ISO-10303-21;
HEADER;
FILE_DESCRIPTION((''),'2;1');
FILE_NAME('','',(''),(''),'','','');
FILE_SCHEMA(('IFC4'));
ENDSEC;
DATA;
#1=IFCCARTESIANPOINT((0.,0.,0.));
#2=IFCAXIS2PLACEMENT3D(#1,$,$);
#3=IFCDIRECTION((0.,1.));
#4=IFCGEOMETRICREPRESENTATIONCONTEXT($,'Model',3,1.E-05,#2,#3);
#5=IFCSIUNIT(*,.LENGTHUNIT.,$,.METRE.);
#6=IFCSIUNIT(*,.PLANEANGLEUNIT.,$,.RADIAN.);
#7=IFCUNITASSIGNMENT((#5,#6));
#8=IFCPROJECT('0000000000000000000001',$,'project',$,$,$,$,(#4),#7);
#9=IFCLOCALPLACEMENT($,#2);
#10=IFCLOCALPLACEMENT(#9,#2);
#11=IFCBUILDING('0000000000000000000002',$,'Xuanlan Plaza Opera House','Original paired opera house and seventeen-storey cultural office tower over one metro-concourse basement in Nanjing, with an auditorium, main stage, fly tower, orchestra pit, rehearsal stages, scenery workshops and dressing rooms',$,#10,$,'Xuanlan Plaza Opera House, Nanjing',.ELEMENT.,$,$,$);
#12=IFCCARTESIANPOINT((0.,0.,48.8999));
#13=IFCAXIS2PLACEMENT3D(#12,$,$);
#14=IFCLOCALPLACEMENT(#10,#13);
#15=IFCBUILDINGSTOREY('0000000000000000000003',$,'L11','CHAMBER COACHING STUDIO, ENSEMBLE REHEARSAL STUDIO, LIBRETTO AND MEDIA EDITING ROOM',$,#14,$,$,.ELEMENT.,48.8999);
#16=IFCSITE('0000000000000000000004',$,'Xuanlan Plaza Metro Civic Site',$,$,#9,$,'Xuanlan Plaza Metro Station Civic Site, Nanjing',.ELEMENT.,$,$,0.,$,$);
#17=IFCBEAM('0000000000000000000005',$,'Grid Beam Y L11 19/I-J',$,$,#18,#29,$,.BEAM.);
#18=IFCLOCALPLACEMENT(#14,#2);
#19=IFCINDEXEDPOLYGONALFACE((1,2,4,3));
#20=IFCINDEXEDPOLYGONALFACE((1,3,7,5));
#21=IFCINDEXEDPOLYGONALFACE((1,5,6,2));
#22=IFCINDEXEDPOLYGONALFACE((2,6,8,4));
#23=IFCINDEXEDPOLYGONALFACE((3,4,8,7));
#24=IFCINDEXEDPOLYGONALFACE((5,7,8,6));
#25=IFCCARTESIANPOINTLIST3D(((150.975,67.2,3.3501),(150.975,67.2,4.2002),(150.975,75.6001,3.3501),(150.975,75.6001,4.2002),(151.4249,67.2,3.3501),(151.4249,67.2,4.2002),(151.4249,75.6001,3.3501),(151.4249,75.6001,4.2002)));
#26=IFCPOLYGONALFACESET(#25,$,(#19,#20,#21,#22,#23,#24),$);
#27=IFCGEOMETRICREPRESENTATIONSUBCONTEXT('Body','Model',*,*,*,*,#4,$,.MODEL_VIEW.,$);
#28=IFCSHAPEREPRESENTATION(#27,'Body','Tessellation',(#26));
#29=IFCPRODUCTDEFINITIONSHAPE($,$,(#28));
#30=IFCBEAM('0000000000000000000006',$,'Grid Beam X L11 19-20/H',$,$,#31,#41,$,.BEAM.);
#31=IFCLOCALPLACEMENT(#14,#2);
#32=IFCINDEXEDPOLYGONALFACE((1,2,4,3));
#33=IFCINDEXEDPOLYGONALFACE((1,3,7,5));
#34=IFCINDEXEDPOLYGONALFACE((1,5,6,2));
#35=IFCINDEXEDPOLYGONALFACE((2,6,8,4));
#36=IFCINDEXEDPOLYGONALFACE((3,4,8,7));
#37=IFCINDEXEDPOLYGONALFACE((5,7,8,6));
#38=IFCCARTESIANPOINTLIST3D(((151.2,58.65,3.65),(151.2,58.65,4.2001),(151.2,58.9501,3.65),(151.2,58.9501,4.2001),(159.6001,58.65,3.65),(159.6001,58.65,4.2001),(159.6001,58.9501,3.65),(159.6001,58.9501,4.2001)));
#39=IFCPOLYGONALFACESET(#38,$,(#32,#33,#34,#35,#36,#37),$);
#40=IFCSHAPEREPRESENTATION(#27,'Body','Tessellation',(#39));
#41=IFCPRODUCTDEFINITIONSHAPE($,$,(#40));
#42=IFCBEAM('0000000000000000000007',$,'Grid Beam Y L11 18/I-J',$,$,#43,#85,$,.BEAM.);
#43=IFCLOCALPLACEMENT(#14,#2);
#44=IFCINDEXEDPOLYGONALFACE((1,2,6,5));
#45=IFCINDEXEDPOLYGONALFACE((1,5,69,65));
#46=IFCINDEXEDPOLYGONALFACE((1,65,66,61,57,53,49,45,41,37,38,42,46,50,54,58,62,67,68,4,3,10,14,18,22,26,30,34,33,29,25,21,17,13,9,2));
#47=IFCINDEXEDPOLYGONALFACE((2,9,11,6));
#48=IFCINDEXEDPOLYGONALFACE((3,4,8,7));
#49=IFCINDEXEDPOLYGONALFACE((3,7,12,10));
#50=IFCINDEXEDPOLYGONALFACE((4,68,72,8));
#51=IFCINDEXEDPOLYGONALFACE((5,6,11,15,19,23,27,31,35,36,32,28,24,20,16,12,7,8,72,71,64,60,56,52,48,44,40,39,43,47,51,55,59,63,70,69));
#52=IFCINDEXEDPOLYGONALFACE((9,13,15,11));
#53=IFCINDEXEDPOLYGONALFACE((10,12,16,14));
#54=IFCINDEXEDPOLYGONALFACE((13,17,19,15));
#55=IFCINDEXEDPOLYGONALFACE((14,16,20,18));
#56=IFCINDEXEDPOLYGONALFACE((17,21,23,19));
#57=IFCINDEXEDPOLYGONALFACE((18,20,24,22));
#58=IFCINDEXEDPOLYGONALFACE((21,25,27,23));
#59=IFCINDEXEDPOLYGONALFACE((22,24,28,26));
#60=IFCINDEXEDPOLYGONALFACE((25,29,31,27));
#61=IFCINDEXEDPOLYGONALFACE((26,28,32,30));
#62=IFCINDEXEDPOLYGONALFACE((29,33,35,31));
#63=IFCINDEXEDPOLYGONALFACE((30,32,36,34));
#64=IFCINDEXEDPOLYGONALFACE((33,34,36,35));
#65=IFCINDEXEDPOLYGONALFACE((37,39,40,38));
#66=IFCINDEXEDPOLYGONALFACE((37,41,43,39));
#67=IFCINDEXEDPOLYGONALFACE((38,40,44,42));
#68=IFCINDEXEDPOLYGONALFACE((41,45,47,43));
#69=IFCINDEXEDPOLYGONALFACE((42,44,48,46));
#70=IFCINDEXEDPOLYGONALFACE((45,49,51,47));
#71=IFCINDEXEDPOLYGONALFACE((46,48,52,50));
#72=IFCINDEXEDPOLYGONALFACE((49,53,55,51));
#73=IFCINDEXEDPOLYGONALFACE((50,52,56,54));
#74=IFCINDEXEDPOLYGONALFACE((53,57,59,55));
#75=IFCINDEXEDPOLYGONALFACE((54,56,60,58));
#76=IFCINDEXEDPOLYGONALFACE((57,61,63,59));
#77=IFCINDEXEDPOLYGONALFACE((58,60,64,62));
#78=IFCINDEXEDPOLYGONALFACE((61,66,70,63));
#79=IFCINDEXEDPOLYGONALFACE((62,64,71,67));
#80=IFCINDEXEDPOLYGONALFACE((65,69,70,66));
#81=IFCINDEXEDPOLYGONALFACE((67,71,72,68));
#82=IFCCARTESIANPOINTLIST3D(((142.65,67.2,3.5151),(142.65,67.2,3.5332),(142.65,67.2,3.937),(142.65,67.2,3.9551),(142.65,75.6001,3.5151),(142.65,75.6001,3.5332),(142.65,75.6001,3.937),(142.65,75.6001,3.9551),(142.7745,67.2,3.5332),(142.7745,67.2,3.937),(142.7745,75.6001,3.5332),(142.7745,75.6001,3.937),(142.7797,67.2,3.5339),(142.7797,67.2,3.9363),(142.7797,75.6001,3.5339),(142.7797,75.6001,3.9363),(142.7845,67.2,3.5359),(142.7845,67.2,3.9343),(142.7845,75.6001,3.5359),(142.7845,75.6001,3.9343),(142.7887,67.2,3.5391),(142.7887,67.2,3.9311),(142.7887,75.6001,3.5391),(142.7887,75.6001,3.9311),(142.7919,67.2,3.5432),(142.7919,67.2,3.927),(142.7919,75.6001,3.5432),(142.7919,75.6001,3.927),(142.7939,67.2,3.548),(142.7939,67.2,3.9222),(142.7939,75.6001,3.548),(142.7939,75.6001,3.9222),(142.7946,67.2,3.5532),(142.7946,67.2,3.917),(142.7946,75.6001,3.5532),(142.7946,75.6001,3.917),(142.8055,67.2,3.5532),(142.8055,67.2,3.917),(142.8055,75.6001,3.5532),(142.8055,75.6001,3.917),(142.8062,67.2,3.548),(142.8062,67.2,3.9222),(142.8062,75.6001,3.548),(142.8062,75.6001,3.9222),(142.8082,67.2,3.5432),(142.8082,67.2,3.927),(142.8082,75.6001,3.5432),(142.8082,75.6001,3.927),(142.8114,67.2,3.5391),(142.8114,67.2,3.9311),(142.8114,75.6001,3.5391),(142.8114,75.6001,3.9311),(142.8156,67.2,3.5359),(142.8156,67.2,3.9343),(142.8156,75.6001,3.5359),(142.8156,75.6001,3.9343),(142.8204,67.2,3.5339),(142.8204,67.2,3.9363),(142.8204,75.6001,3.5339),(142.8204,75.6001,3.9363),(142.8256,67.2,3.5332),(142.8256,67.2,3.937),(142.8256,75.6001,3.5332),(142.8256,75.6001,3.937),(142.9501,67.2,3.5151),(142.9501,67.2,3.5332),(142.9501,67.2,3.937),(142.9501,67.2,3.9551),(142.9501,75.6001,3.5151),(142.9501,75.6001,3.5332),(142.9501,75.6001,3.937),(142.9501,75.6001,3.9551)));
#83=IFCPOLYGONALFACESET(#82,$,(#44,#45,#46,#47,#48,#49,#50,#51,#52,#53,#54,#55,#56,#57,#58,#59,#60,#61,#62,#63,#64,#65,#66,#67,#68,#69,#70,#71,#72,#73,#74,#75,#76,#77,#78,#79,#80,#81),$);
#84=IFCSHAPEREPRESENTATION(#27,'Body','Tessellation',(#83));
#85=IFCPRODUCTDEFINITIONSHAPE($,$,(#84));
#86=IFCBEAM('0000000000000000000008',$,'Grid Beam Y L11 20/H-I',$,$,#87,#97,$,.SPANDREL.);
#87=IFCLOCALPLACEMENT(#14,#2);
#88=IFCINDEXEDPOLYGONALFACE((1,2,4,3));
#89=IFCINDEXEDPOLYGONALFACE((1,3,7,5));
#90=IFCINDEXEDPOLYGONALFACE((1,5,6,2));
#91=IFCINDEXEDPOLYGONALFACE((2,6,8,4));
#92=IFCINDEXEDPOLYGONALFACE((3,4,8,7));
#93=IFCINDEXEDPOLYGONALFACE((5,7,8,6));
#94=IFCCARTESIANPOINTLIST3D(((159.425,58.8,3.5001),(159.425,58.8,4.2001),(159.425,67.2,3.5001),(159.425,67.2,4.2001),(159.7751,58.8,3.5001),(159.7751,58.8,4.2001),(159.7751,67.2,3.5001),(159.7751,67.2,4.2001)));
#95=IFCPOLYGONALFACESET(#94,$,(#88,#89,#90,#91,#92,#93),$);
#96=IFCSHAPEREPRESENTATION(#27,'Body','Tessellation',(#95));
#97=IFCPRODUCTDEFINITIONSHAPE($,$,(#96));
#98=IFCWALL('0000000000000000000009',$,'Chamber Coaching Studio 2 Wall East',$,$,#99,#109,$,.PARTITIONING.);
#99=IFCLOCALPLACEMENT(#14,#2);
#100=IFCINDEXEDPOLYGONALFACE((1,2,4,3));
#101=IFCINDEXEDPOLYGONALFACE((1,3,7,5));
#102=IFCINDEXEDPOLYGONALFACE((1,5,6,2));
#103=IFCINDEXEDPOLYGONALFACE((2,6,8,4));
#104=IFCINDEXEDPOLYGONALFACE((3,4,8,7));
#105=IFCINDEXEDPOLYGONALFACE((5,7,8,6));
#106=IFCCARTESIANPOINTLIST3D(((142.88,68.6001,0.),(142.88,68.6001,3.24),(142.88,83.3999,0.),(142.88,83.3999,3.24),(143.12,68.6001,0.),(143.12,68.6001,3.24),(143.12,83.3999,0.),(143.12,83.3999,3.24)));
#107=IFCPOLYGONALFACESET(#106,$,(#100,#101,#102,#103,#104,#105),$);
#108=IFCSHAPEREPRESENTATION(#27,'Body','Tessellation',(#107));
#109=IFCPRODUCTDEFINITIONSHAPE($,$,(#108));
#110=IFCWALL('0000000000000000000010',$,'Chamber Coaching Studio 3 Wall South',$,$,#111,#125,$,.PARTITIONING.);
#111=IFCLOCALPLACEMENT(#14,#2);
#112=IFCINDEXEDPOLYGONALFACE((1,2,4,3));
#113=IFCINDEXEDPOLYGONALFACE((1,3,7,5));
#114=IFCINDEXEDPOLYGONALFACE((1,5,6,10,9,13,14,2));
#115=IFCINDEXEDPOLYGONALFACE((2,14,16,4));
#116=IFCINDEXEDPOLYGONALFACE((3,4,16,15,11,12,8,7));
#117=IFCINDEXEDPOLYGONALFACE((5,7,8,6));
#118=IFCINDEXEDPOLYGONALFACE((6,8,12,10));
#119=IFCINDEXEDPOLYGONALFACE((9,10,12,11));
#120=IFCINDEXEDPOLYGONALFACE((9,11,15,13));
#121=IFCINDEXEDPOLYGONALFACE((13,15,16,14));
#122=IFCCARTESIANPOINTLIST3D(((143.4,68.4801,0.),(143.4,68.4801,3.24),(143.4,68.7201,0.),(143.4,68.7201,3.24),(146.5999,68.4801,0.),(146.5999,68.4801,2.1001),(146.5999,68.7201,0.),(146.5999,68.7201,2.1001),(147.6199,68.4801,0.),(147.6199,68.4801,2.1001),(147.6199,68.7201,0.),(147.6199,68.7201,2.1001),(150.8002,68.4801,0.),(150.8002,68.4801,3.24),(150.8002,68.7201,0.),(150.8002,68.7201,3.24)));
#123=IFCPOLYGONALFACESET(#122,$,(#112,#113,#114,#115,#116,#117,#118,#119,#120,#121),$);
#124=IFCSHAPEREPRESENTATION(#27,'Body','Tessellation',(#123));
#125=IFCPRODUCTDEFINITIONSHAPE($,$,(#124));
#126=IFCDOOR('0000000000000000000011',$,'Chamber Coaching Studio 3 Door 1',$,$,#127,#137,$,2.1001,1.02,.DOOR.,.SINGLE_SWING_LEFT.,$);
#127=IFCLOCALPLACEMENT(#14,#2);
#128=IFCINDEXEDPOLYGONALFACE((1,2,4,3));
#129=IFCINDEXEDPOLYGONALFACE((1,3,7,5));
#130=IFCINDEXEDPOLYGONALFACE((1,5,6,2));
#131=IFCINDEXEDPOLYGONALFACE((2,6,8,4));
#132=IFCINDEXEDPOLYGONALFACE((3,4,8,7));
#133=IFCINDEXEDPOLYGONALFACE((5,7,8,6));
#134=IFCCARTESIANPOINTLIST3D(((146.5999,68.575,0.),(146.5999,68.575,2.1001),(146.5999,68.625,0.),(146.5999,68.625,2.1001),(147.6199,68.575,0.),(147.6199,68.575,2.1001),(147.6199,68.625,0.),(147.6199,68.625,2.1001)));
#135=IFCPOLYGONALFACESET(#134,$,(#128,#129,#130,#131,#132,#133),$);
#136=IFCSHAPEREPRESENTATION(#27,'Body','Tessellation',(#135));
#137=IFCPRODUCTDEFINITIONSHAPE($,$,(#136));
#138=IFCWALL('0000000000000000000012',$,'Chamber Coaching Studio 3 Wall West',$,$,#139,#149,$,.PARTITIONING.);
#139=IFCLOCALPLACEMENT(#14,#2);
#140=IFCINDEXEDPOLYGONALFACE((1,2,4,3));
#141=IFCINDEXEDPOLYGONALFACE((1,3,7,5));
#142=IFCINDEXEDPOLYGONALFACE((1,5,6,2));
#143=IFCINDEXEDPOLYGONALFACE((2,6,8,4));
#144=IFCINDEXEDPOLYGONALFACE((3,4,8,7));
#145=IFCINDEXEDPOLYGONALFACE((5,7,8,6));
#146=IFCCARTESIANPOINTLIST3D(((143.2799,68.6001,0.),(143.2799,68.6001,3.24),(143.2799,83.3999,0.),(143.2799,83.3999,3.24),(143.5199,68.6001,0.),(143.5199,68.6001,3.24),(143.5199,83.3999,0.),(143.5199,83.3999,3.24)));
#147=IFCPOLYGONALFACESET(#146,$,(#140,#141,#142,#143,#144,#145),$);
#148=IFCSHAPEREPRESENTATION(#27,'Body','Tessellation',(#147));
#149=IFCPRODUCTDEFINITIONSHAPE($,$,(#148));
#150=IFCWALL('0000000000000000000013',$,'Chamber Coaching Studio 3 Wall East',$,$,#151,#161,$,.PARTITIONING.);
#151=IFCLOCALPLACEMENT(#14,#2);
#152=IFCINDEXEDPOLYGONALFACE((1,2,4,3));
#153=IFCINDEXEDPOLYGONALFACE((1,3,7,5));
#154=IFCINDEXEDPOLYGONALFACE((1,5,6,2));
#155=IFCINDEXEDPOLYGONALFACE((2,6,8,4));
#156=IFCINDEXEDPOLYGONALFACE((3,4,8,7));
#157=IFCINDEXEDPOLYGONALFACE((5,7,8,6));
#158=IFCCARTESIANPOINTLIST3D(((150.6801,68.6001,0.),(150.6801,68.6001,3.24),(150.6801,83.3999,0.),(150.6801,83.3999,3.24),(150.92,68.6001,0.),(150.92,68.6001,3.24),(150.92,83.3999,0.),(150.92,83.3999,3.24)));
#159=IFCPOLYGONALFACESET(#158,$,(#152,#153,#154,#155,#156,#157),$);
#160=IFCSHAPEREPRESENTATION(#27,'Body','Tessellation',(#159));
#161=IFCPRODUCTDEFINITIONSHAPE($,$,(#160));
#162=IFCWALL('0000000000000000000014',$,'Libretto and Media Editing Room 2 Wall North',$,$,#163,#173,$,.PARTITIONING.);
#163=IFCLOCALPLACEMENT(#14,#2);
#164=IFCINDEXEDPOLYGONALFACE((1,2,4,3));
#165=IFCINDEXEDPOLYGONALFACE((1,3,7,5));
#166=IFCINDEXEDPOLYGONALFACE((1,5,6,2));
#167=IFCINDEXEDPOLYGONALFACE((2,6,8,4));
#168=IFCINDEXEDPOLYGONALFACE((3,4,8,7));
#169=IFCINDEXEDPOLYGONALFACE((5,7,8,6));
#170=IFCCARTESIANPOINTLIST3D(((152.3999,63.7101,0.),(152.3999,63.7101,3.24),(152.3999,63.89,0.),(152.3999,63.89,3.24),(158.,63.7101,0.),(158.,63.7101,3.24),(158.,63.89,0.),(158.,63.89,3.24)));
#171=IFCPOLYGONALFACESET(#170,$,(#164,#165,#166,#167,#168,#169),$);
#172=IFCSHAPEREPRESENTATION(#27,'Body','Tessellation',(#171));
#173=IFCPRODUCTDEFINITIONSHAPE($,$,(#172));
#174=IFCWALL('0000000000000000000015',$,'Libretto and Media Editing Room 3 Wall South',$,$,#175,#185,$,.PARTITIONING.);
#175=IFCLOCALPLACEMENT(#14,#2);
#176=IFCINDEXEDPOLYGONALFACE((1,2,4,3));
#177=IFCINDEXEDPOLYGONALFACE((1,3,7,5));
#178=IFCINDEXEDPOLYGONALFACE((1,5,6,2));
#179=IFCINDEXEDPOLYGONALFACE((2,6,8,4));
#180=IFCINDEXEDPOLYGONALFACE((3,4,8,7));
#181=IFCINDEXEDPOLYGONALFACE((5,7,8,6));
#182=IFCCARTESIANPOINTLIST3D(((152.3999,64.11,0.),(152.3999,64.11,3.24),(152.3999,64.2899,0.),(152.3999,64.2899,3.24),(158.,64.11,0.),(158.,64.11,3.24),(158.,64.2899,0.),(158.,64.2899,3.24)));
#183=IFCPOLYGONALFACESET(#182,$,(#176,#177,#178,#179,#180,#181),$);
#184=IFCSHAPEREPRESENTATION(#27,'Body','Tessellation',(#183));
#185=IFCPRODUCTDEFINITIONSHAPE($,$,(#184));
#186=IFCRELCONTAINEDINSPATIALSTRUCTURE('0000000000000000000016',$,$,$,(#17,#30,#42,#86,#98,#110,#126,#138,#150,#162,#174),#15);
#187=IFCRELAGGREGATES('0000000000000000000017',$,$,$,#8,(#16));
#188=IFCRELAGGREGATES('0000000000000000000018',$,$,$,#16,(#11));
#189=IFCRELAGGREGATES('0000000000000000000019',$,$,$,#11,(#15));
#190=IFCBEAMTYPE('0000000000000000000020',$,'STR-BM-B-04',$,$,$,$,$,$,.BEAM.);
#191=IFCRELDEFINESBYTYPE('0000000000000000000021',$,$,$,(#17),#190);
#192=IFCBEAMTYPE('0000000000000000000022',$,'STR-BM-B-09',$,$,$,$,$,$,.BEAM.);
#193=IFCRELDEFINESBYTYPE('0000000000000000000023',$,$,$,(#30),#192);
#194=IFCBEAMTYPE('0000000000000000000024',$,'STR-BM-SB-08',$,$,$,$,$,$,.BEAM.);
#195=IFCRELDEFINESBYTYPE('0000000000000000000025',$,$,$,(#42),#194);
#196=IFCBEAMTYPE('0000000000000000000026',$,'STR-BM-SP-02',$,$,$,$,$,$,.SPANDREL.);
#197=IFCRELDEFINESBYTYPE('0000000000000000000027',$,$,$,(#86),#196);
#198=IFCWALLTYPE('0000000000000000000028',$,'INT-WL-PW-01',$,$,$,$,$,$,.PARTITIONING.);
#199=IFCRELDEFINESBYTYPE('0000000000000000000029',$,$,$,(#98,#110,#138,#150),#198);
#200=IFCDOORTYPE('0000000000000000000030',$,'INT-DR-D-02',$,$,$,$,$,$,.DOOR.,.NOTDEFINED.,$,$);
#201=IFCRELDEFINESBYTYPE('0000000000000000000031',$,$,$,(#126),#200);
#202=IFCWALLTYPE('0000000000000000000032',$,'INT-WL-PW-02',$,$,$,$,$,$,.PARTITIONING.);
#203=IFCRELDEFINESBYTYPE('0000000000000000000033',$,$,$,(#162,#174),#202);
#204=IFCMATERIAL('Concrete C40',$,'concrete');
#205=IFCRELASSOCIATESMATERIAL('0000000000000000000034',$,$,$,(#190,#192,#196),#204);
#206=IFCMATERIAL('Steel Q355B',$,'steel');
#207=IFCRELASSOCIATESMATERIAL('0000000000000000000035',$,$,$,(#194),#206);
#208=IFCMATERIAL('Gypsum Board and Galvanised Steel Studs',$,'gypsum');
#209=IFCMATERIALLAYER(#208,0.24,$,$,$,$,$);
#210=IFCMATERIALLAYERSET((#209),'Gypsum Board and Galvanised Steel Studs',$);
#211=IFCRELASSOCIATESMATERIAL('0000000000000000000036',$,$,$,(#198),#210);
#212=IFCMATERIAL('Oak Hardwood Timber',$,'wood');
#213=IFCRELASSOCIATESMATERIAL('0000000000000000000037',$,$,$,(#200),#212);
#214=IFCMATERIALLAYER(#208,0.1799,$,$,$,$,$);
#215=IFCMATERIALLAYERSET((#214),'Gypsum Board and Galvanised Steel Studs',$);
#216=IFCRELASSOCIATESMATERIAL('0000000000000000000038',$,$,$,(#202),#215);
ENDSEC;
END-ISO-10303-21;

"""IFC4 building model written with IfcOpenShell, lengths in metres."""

from ifc_helpers import new_model, si_unit, direction, frame, frame_2d, origin, origin_2d, place, context, subcontext, project, spatial, rectangle, i_section, extrude, material, layer, layer_set, material_profile, profile_set, type_object, element, fill, save


model = new_model("IFC4")

# Units and contexts
model_context = context("Model", 3, precision=1e-05, world=origin(), true_north=direction((0.0, 1.0)))
body_context = subcontext(model_context, "Body", "Model", "MODEL_VIEW")
ifc_project = project(units=[si_unit("LENGTHUNIT", "METRE"), si_unit("PLANEANGLEUNIT", "RADIAN")], contexts=[model_context])

# Site, building, storey
site_placement = place(None, origin())
site = spatial("IfcSite", under=ifc_project, at=site_placement, Name="Xuanlan Plaza Metro Civic Site", LongName="Xuanlan Plaza Metro Station Civic Site, Nanjing", CompositionType="ELEMENT", RefElevation=0.0)
building_placement = place(site_placement, origin())
building = spatial("IfcBuilding", under=site, at=building_placement, Name="Xuanlan Plaza Opera House", Description="Original paired opera house and seventeen-storey cultural office tower over one metro-concourse basement in Nanjing, with an auditorium, main stage, fly tower, orchestra pit, rehearsal stages, scenery workshops and dressing rooms", LongName="Xuanlan Plaza Opera House, Nanjing", CompositionType="ELEMENT")
storey_placement = place(building_placement, frame((0.0, 0.0, 48.8999)))
storey = spatial("IfcBuildingStorey", under=building, at=storey_placement, Name="L11", Description="CHAMBER COACHING STUDIO, ENSEMBLE REHEARSAL STUDIO, LIBRETTO AND MEDIA EDITING ROOM", CompositionType="ELEMENT", Elevation=48.8999)

# Shared definitions
ifc_material_1 = material(Name="Steel Q355B", Category="steel")

# Beams
ifc_material_2 = material(Name="Concrete C40", Category="concrete")
ifc_material_profile_1 = material_profile(ifc_material_2, rectangle(XDim=0.45, YDim=0.8501, at=origin_2d()), Name="RC-BM 450x850")
ifc_profile_set_1 = profile_set([ifc_material_profile_1], Name="Concrete C40")
beam_type_1 = type_object("IfcBeamType", Name="STR-BM-B-04", PredefinedType="BEAM", material=ifc_profile_set_1)
beam_1_placement = place(storey_placement, frame((151.2, 67.2, 3.7751), z_axis=(0.0, 1.0, 0.0), x_axis=(-1.0, 0.0, 0.0)))
element("IfcBeam", 1, at=beam_1_placement, inside=storey, type_object=beam_type_1, Name="Grid Beam Y L11 19/I-J", PredefinedType="BEAM", context=body_context, shape_type="SweptSolid", body=[
    extrude(rectangle(XDim=0.45, YDim=0.8501, at=origin_2d()), origin(), (0.0, 0.0, 1.0), 8.4001),
])
ifc_material_profile_2 = material_profile(ifc_material_2, rectangle(XDim=0.3, YDim=0.55, at=origin_2d()), Name="RC-BM 300x550")
ifc_profile_set_2 = profile_set([ifc_material_profile_2], Name="Concrete C40")
beam_type_2 = type_object("IfcBeamType", Name="STR-BM-B-09", PredefinedType="BEAM", material=ifc_profile_set_2)
beam_2_placement = place(storey_placement, frame((151.2, 58.8, 3.925), z_axis=(1.0, 0.0, 0.0), x_axis=(0.0, 1.0, 0.0)))
element("IfcBeam", 2, at=beam_2_placement, inside=storey, type_object=beam_type_2, Name="Grid Beam X L11 19-20/H", PredefinedType="BEAM", context=body_context, shape_type="SweptSolid", body=[
    extrude(rectangle(XDim=0.3, YDim=0.55, at=origin_2d()), origin(), (0.0, 0.0, 1.0), 8.4001),
])
ifc_material_profile_3 = material_profile(ifc_material_1, i_section(OverallWidth=0.3, OverallDepth=0.4399, WebThickness=0.011, FlangeThickness=0.0181, FilletRadius=0.02, at=origin_2d()), Name="HM 440x300x11x18")
ifc_profile_set_3 = profile_set([ifc_material_profile_3], Name="Steel Q355B")
beam_type_3 = type_object("IfcBeamType", Name="STR-BM-SB-08", PredefinedType="BEAM", material=ifc_profile_set_3)
beam_3_placement = place(storey_placement, frame((142.8, 67.2, 3.7351), z_axis=(0.0, 1.0, 0.0), x_axis=(-1.0, 0.0, 0.0)))
element("IfcBeam", 3, at=beam_3_placement, inside=storey, type_object=beam_type_3, Name="Grid Beam Y L11 18/I-J", PredefinedType="BEAM", context=body_context, shape_type="SweptSolid", body=[
    extrude(i_section(OverallWidth=0.3, OverallDepth=0.4399, WebThickness=0.011, FlangeThickness=0.0181, FilletRadius=0.02, at=origin_2d()), origin(), (0.0, 0.0, 1.0), 8.4001),
])
ifc_material_profile_4 = material_profile(ifc_material_2, rectangle(XDim=0.3501, YDim=0.7, at=origin_2d()), Name="RC-SPD 350x700")
ifc_profile_set_4 = profile_set([ifc_material_profile_4], Name="Concrete C40")
beam_type_4 = type_object("IfcBeamType", Name="STR-BM-SP-02", PredefinedType="SPANDREL", material=ifc_profile_set_4)
beam_4_placement = place(storey_placement, frame((159.6001, 58.8, 3.8501), z_axis=(0.0, 1.0, 0.0), x_axis=(-1.0, 0.0, 0.0)))
element("IfcBeam", 4, at=beam_4_placement, inside=storey, type_object=beam_type_4, Name="Grid Beam Y L11 20/H-I", PredefinedType="SPANDREL", context=body_context, shape_type="SweptSolid", body=[
    extrude(rectangle(XDim=0.3501, YDim=0.7, at=origin_2d()), origin(), (0.0, 0.0, 1.0), 8.3999),
])

# Wall
ifc_material_3 = material(Name="Gypsum Board and Galvanised Steel Studs", Category="gypsum")
ifc_layer_1 = layer(ifc_material_3, 0.24)
ifc_layer_set_1 = layer_set([ifc_layer_1], Name="Gypsum Board and Galvanised Steel Studs")
wall_type_1 = type_object("IfcWallType", Name="INT-WL-PW-01", PredefinedType="PARTITIONING", material=ifc_layer_set_1)
wall_1_placement = place(storey_placement, frame((143.0, 68.6001, 0.0), z_axis=(0.0, 0.0, 1.0), x_axis=(0.0, 1.0, 0.0)))
element("IfcWall", 5, at=wall_1_placement, inside=storey, type_object=wall_type_1, Name="Chamber Coaching Studio 2 Wall East", PredefinedType="PARTITIONING", context=body_context, shape_type="SweptSolid", body=[
    extrude(rectangle(XDim=14.7998, YDim=0.24, at=frame_2d((7.3999, 0.0))), origin(), (0.0, 0.0, 1.0), 3.24),
])

# Wall, opening, door
wall_2_placement = place(storey_placement, frame((143.3999, 68.6001, 0.0), z_axis=(0.0, 0.0, 1.0), x_axis=(1.0, 0.0, 0.0)))
wall_2 = element("IfcWall", 6, at=wall_2_placement, inside=storey, type_object=wall_type_1, Name="Chamber Coaching Studio 3 Wall South", PredefinedType="PARTITIONING", context=body_context, shape_type="SweptSolid", body=[
    extrude(rectangle(XDim=7.4001, YDim=0.24, at=frame_2d((3.7002, 0.0))), origin(), (0.0, 0.0, 1.0), 3.24),
])
opening_1_placement = place(wall_2_placement, frame((3.2, 0.0, 0.0)))
opening_1 = element("IfcOpeningElement", 7, at=opening_1_placement, cuts=wall_2, PredefinedType="OPENING", context=body_context, shape_type="SweptSolid", body=[
    extrude(rectangle(XDim=1.02, YDim=2.1001, at=frame_2d((0.51, 1.05))), frame((0.0, 0.1299, 0.0), z_axis=(0.0, -1.0, 0.0), x_axis=(1.0, 0.0, 0.0)), (0.0, 0.0, 1.0), 0.26),
])
ifc_material_4 = material(Name="Oak Hardwood Timber", Category="wood")
door_type_1 = type_object("IfcDoorType", Name="INT-DR-D-02", OperationType="NOTDEFINED", PredefinedType="DOOR", material=ifc_material_4)
door_1_placement = place(opening_1_placement, origin())
door_1 = element("IfcDoor", 8, at=door_1_placement, inside=storey, type_object=door_type_1, Name="Chamber Coaching Studio 3 Door 1", OperationType="SINGLE_SWING_LEFT", OverallHeight=2.1001, OverallWidth=1.02, PredefinedType="DOOR", context=body_context, shape_type="SweptSolid", body=[
    extrude(rectangle(XDim=1.02, YDim=2.1001, at=frame_2d((0.51, 1.05))), frame((0.0, 0.0249, 0.0), z_axis=(0.0, -1.0, 0.0), x_axis=(1.0, 0.0, 0.0)), (0.0, 0.0, 1.0), 0.05),
])
fill(opening_1, door_1)

# Walls
for number, where, z_axis, x_axis, name in (
    (9, (143.3999, 68.6001, 0.0), (0.0, 0.0, 1.0), (0.0, 1.0, 0.0), "Chamber Coaching Studio 3 Wall West"),
    (10, (150.8, 68.6001, 0.0), (0.0, 0.0, 1.0), (0.0, 1.0, 0.0), "Chamber Coaching Studio 3 Wall East"),
):
    element("IfcWall", number, at=place(storey_placement, frame(where, z_axis=z_axis, x_axis=x_axis)), inside=storey, type_object=wall_type_1, Name=name, PredefinedType="PARTITIONING", context=body_context, shape_type="SweptSolid", body=[
        extrude(rectangle(XDim=14.7998, YDim=0.24, at=frame_2d((7.3999, 0.0))), origin(), (0.0, 0.0, 1.0), 3.24),
    ])
ifc_layer_2 = layer(ifc_material_3, 0.1799)
ifc_layer_set_2 = layer_set([ifc_layer_2], Name="Gypsum Board and Galvanised Steel Studs")
wall_type_2 = type_object("IfcWallType", Name="INT-WL-PW-02", PredefinedType="PARTITIONING", material=ifc_layer_set_2)
for number, where, z_axis, x_axis, name in (
    (11, (152.3999, 63.8, 0.0), (0.0, 0.0, 1.0), (1.0, 0.0, 0.0), "Libretto and Media Editing Room 2 Wall North"),
    (12, (152.3999, 64.2, 0.0), (0.0, 0.0, 1.0), (1.0, 0.0, 0.0), "Libretto and Media Editing Room 3 Wall South"),
):
    element("IfcWall", number, at=place(storey_placement, frame(where, z_axis=z_axis, x_axis=x_axis)), inside=storey, type_object=wall_type_2, Name=name, PredefinedType="PARTITIONING", context=body_context, shape_type="SweptSolid", body=[
        extrude(rectangle(XDim=5.6001, YDim=0.1799, at=frame_2d((2.8, 0.0))), origin(), (0.0, 0.0, 1.0), 3.24),
    ])

save(model, "model.ifc")
